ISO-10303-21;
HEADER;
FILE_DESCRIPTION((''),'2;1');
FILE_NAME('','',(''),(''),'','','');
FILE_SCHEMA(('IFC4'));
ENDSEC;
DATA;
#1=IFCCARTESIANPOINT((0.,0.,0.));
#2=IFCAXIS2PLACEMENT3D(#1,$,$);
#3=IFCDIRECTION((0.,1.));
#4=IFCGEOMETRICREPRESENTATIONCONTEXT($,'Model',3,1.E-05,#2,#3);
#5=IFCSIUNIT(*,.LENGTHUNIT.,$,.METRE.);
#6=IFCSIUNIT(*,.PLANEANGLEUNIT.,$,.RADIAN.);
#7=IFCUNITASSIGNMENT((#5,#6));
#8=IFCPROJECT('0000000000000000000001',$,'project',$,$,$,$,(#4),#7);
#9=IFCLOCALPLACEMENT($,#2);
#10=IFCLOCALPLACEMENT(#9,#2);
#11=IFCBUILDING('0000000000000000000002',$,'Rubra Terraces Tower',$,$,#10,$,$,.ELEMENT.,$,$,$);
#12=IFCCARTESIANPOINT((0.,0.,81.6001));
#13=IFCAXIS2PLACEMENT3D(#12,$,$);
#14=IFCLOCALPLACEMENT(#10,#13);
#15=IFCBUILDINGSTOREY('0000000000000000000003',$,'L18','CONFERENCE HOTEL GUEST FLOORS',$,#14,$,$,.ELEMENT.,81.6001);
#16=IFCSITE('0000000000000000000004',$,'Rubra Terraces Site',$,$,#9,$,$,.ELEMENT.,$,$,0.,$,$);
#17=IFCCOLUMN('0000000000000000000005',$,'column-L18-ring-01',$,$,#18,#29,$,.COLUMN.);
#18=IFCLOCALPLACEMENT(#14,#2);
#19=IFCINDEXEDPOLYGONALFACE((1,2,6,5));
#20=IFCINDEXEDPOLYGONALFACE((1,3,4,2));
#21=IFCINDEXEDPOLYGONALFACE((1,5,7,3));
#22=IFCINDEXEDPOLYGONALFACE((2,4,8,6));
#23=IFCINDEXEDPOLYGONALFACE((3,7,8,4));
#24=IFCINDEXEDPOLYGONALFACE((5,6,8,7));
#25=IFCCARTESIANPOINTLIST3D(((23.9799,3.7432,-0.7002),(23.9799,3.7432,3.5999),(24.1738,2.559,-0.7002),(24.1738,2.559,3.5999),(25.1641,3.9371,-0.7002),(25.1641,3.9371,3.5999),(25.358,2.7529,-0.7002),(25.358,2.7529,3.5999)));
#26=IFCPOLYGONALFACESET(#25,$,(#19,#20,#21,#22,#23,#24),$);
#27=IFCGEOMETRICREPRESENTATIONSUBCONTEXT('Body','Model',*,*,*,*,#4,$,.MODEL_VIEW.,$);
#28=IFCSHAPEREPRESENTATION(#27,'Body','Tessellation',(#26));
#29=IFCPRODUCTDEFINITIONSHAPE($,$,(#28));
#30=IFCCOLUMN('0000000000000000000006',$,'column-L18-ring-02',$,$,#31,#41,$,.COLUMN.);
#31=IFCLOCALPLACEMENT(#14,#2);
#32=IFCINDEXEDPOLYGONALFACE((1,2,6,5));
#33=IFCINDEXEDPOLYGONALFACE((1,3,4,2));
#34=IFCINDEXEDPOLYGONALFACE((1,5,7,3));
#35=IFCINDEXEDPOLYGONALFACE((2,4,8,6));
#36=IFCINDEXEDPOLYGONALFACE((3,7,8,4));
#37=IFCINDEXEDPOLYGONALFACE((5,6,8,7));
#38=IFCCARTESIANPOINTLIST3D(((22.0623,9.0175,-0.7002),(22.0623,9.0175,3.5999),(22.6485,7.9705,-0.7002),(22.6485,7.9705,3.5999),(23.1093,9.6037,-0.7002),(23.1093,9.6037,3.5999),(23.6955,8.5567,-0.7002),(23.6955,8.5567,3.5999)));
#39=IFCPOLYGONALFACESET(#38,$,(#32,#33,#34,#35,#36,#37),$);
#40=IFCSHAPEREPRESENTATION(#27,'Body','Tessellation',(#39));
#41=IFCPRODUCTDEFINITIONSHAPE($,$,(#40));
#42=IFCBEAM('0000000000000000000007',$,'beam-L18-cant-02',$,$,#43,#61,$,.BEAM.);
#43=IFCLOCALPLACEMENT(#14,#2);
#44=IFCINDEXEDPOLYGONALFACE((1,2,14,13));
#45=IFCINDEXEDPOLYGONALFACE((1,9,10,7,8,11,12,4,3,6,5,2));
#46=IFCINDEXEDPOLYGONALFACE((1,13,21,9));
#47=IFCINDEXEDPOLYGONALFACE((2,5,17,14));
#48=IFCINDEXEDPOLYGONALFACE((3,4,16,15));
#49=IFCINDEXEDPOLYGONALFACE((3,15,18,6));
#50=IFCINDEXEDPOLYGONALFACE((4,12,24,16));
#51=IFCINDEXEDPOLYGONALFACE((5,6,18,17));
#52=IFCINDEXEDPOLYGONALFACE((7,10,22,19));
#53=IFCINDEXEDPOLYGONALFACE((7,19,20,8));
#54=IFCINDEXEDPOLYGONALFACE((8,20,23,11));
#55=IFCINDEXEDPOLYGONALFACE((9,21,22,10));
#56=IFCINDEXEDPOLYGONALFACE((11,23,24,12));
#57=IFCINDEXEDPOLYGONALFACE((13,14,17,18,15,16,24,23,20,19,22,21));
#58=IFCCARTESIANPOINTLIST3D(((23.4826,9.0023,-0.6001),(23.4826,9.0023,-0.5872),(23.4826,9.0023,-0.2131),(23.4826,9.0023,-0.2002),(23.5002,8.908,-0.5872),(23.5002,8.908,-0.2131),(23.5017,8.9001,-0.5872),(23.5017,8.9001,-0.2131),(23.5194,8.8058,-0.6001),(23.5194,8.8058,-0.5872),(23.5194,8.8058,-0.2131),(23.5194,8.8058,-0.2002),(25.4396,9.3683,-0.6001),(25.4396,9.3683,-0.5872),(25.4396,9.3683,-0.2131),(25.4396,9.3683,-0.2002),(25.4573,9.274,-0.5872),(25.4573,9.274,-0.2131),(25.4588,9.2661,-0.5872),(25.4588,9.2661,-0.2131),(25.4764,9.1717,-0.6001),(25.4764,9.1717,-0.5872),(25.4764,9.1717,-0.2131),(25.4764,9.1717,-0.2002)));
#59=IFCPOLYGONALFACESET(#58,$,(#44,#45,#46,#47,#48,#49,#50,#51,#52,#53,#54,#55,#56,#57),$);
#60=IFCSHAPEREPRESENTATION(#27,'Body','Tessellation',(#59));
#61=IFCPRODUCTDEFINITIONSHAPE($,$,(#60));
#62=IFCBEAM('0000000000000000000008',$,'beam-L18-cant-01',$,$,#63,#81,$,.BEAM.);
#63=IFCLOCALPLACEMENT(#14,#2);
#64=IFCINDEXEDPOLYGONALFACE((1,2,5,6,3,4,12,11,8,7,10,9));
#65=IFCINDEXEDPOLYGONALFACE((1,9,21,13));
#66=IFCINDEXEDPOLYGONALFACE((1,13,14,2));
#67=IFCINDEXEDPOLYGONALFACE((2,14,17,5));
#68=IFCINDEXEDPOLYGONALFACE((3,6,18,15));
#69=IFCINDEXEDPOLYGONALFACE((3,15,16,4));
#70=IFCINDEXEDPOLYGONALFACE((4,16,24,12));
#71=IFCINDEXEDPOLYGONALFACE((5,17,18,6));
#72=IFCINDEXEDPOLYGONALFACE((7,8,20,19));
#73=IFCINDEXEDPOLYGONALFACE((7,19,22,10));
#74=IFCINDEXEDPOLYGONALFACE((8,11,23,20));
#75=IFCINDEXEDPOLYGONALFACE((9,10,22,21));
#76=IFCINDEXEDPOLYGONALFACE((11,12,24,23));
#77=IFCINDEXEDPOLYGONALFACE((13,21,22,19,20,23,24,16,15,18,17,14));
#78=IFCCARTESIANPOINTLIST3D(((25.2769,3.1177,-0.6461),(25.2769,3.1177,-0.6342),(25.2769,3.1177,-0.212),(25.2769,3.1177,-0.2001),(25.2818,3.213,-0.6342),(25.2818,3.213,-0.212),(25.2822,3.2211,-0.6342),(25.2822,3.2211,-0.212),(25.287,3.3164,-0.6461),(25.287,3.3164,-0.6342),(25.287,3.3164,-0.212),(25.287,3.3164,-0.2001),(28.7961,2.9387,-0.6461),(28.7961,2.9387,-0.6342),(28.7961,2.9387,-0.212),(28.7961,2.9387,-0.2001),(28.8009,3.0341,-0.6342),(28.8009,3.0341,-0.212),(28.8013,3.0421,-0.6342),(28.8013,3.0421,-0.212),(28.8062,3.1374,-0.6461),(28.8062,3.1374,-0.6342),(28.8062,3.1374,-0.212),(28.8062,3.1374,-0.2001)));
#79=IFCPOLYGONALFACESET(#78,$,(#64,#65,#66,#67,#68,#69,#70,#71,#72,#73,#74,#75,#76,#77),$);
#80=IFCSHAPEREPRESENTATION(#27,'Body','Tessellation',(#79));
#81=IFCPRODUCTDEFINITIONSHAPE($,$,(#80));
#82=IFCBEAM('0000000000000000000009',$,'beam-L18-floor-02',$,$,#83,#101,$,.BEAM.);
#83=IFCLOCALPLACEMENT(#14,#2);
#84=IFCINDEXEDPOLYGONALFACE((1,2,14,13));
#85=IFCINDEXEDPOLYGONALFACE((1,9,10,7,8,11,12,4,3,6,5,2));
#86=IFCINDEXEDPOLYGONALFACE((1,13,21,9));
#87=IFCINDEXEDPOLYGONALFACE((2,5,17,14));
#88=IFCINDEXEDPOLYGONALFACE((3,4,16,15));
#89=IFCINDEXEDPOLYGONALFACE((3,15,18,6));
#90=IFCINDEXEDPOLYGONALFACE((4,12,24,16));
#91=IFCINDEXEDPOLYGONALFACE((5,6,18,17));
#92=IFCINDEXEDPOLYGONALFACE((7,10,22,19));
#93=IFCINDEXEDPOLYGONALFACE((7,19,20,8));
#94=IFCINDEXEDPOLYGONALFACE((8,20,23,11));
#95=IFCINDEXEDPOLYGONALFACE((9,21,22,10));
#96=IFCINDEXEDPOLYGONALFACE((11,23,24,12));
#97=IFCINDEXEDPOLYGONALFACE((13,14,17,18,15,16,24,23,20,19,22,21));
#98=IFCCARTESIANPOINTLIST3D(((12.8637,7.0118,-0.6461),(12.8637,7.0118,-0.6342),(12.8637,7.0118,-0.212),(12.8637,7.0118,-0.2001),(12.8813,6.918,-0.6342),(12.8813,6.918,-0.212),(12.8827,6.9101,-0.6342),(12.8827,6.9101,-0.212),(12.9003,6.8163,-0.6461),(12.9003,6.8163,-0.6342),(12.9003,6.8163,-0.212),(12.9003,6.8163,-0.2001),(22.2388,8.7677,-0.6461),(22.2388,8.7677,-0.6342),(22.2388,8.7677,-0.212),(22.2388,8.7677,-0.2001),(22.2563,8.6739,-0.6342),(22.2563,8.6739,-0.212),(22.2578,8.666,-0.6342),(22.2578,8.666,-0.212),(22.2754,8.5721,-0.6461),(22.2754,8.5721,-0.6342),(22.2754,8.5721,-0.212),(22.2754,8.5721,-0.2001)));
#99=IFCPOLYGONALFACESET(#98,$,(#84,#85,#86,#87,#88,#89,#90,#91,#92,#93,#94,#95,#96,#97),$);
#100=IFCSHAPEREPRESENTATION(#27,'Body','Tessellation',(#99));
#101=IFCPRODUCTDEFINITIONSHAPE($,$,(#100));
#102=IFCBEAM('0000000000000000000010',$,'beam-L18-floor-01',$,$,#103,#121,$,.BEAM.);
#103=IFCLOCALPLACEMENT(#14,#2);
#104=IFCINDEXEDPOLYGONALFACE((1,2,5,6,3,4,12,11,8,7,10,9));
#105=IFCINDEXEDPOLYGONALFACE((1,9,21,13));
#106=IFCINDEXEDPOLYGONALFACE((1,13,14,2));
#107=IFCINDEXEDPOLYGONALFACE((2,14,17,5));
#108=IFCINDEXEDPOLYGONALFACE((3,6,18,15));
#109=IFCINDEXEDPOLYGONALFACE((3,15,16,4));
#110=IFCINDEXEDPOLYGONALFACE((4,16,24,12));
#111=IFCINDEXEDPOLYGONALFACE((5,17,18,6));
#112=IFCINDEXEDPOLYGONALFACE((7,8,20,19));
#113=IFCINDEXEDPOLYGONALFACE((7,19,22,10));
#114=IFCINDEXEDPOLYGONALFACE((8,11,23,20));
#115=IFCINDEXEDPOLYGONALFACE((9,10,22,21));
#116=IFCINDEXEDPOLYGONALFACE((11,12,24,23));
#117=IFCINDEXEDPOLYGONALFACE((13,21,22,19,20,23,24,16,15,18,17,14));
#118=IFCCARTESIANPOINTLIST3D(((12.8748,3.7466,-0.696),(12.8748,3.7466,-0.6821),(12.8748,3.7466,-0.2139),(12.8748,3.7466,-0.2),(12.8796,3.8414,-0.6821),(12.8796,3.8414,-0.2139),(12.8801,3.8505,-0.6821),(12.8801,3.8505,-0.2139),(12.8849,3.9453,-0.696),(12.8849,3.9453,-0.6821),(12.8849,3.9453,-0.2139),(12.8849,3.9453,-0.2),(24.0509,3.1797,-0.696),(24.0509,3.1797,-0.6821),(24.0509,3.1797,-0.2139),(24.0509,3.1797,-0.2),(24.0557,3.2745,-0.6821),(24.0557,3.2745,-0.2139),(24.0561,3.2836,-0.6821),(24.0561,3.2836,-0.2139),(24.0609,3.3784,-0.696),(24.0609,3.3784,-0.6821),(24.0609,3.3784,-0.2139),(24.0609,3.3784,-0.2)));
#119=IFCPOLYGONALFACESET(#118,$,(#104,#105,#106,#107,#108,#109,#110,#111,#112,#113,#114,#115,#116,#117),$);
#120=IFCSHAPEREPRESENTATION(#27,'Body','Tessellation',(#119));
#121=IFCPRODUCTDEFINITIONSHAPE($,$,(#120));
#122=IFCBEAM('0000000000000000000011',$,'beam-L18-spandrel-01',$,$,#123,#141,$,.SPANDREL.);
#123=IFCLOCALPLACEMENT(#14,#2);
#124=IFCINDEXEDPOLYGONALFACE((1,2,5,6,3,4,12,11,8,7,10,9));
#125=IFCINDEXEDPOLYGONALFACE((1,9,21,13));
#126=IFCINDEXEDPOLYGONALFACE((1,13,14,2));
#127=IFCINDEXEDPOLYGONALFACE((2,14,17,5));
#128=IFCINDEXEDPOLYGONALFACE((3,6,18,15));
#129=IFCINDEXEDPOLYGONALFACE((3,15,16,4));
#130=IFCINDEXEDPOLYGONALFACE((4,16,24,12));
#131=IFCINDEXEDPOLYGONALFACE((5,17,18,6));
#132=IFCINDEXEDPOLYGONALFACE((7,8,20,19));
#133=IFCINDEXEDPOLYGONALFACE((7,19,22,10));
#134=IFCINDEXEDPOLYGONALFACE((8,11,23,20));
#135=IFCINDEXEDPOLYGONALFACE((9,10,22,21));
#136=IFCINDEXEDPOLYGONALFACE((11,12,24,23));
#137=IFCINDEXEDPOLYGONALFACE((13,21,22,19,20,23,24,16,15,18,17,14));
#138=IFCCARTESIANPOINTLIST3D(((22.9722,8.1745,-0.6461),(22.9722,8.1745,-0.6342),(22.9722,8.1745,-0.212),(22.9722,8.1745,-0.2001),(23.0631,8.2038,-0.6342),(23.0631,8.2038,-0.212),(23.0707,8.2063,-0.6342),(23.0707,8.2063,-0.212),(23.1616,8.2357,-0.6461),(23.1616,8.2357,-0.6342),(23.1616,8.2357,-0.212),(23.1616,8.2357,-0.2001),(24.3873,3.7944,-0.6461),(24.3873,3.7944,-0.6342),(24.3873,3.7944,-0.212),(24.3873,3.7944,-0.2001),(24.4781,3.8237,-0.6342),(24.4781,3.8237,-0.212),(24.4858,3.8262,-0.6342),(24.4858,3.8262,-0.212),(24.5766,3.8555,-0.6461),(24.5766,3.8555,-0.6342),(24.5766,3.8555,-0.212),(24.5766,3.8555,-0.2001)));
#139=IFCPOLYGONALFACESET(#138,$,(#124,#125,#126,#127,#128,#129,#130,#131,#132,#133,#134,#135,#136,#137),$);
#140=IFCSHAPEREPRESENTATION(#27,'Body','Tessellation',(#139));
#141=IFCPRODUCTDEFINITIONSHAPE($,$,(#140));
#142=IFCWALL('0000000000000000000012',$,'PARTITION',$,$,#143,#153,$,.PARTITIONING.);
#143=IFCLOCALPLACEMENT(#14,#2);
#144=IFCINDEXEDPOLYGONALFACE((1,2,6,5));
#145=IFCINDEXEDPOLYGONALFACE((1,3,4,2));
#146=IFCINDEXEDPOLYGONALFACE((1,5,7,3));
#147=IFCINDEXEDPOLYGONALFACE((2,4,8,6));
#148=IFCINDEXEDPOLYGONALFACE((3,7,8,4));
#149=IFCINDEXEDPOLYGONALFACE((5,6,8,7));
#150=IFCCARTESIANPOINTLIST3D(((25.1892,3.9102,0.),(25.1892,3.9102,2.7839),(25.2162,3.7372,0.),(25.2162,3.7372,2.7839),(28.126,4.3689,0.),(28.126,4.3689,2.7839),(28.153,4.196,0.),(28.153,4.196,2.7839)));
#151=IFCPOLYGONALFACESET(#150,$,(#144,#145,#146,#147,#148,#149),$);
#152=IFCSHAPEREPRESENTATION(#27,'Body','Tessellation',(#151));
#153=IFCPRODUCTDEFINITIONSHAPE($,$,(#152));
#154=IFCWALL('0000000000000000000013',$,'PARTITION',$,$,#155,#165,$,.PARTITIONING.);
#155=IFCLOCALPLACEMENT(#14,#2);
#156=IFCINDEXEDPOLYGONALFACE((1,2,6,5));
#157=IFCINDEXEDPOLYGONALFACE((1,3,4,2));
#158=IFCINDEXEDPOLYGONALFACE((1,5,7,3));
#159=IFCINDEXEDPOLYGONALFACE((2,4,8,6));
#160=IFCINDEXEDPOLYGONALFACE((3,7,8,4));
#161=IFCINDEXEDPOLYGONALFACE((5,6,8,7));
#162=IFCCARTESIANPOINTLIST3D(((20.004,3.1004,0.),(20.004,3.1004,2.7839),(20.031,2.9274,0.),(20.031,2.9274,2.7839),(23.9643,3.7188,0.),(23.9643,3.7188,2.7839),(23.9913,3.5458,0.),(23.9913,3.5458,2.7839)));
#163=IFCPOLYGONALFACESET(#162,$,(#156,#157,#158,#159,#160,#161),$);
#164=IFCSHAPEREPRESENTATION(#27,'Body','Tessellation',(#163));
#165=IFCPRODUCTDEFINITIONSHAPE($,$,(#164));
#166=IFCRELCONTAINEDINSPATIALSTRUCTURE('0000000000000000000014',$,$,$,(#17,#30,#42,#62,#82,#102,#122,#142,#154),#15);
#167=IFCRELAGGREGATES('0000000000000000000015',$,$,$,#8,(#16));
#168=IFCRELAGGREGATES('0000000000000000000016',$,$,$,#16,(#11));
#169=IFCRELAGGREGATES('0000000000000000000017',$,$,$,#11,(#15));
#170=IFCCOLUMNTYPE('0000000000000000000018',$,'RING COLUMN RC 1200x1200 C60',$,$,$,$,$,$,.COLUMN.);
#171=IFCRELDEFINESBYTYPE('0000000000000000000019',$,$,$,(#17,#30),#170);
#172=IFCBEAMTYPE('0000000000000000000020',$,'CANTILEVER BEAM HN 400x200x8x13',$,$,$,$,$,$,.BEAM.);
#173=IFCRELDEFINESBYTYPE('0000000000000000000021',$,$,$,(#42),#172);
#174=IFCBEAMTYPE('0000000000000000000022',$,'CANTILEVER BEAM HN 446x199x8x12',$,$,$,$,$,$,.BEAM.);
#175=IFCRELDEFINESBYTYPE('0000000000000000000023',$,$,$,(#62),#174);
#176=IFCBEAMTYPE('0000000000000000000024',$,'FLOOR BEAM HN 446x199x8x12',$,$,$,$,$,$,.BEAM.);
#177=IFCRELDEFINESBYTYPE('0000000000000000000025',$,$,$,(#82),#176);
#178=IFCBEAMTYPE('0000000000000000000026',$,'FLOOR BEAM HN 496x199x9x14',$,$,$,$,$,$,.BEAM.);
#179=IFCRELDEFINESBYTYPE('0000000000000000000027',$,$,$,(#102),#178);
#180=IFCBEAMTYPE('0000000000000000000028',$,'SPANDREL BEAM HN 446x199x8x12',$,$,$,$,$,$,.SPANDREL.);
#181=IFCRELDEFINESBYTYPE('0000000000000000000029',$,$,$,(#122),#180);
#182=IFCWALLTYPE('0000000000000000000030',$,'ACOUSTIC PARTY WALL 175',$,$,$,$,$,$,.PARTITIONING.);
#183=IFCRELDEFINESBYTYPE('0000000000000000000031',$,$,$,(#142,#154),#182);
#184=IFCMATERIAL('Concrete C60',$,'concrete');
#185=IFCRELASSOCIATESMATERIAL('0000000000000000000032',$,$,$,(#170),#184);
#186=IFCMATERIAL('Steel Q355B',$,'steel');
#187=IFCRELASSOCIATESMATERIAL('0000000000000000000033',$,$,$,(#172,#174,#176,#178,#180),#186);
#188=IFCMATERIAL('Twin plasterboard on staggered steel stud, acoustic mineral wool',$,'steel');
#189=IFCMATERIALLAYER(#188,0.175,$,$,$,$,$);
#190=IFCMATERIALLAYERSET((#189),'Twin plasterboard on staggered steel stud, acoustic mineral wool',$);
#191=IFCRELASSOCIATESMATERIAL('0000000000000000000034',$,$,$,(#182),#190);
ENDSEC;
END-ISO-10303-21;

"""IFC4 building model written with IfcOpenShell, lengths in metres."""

from ifc_helpers import new_model, si_unit, direction, frame, frame_2d, origin, origin_2d, place, context, subcontext, project, spatial, rectangle, i_section, extrude, material, layer, layer_set, material_profile, profile_set, type_object, element, save


model = new_model("IFC4")

# Units and contexts
model_context = context("Model", 3, precision=1e-05, world=origin(), true_north=direction((0.0, 1.0)))
body_context = subcontext(model_context, "Body", "Model", "MODEL_VIEW")
ifc_project = project(units=[si_unit("LENGTHUNIT", "METRE"), si_unit("PLANEANGLEUNIT", "RADIAN")], contexts=[model_context])

# Site, building, storey
site_placement = place(None, origin())
site = spatial("IfcSite", under=ifc_project, at=site_placement, Name="Rubra Terraces Site", CompositionType="ELEMENT", RefElevation=0.0)
building_placement = place(site_placement, origin())
building = spatial("IfcBuilding", under=site, at=building_placement, Name="Rubra Terraces Tower", CompositionType="ELEMENT")
storey_placement = place(building_placement, frame((0.0, 0.0, 81.6001)))
storey = spatial("IfcBuildingStorey", under=building, at=storey_placement, Name="L18", Description="CONFERENCE HOTEL GUEST FLOORS", CompositionType="ELEMENT", Elevation=81.6001)

# Columns
ifc_material_1 = material(Name="Concrete C60", Category="concrete")
ifc_material_profile_1 = material_profile(ifc_material_1, rectangle(XDim=1.2, YDim=1.2, at=origin_2d()), Name="RC 1200x1200")
ifc_profile_set_1 = profile_set([ifc_material_profile_1], Name="Concrete C60")
column_type = type_object("IfcColumnType", Name="RING COLUMN RC 1200x1200 C60", PredefinedType="COLUMN", material=ifc_profile_set_1)
for number, where, z_axis, x_axis, name in (
    (1, (24.6689, 3.248, -0.7002), (0.0, 0.0, 1.0), (-0.161559, 0.986863, 0.0), "column-L18-ring-01"),
    (2, (22.8789, 8.7871, -0.7002), (0.0, 0.0, 1.0), (-0.488526, 0.872549, 0.0), "column-L18-ring-02"),
):
    element("IfcColumn", number, at=place(storey_placement, frame(where, z_axis=z_axis, x_axis=x_axis)), inside=storey, type_object=column_type, Name=name, PredefinedType="COLUMN", context=body_context, shape_type="SweptSolid", body=[
        extrude(rectangle(XDim=1.2, YDim=1.2, at=origin_2d()), origin(), (0.0, 0.0, 1.0), 4.3),
    ])

# Beams
ifc_material_2 = material(Name="Steel Q355B", Category="steel")
ifc_material_profile_2 = material_profile(ifc_material_2, i_section(OverallWidth=0.2, OverallDepth=0.3999, WebThickness=0.0081, FlangeThickness=0.0129, at=origin_2d()), Name="HN 400x200x8x13")
ifc_profile_set_2 = profile_set([ifc_material_profile_2], Name="Steel Q355B")
beam_type_1 = type_object("IfcBeamType", Name="CANTILEVER BEAM HN 400x200x8x13", PredefinedType="BEAM", material=ifc_profile_set_2)
beam_1_placement = place(storey_placement, frame((23.501, 8.9041, -0.4001), z_axis=(0.982961, 0.183815, 0.0), x_axis=(-0.183815, 0.982961, 0.0)))
element("IfcBeam", 3, at=beam_1_placement, inside=storey, type_object=beam_type_1, Name="beam-L18-cant-02", PredefinedType="BEAM", context=body_context, shape_type="SweptSolid", body=[
    extrude(i_section(OverallWidth=0.2, OverallDepth=0.3999, WebThickness=0.0081, FlangeThickness=0.0129, at=origin_2d()), origin(), (0.0, 0.0, 1.0), 1.991),
])
ifc_material_profile_3 = material_profile(ifc_material_2, i_section(OverallWidth=0.199, OverallDepth=0.446, WebThickness=0.0081, FlangeThickness=0.012, at=origin_2d()), Name="HN 446x199x8x12")
ifc_profile_set_3 = profile_set([ifc_material_profile_3], Name="Steel Q355B")
beam_type_2 = type_object("IfcBeamType", Name="CANTILEVER BEAM HN 446x199x8x12", PredefinedType="BEAM", material=ifc_profile_set_3)
beam_2_placement = place(storey_placement, frame((25.282, 3.217, -0.4231), z_axis=(0.998709, -0.050788, 0.0), x_axis=(0.050788, 0.998709, 0.0)))
element("IfcBeam", 4, at=beam_2_placement, inside=storey, type_object=beam_type_2, Name="beam-L18-cant-01", PredefinedType="BEAM", context=body_context, shape_type="SweptSolid", body=[
    extrude(i_section(OverallWidth=0.199, OverallDepth=0.446, WebThickness=0.0081, FlangeThickness=0.012, at=origin_2d()), origin(), (0.0, 0.0, 1.0), 3.5237),
])
ifc_material_profile_4 = material_profile(ifc_material_2, i_section(OverallWidth=0.199, OverallDepth=0.446, WebThickness=0.0081, FlangeThickness=0.012, at=origin_2d()), Name="HN 446x199x8x12")
ifc_profile_set_4 = profile_set([ifc_material_profile_4], Name="Steel Q355B")
beam_type_3 = type_object("IfcBeamType", Name="FLOOR BEAM HN 446x199x8x12", PredefinedType="BEAM", material=ifc_profile_set_4)
beam_3_placement = place(storey_placement, frame((22.2571, 8.6699, -0.4231), z_axis=(-0.982909, -0.184091, 0.0), x_axis=(0.184091, -0.982909, 0.0)))
element("IfcBeam", 5, at=beam_3_placement, inside=storey, type_object=beam_type_3, Name="beam-L18-floor-02", PredefinedType="BEAM", context=body_context, shape_type="SweptSolid", body=[
    extrude(i_section(OverallWidth=0.199, OverallDepth=0.446, WebThickness=0.0081, FlangeThickness=0.012, at=origin_2d()), origin(), (0.0, 0.0, 1.0), 9.5381),
])
ifc_material_profile_5 = material_profile(ifc_material_2, i_section(OverallWidth=0.199, OverallDepth=0.4961, WebThickness=0.009, FlangeThickness=0.0139, at=origin_2d()), Name="HN 496x199x9x14")
ifc_profile_set_5 = profile_set([ifc_material_profile_5], Name="Steel Q355B")
beam_type_4 = type_object("IfcBeamType", Name="FLOOR BEAM HN 496x199x9x14", PredefinedType="BEAM", material=ifc_profile_set_5)
beam_4_placement = place(storey_placement, frame((24.0559, 3.2791, -0.448), z_axis=(-0.998716, 0.050659, 0.0), x_axis=(-0.050659, -0.998716, 0.0)))
element("IfcBeam", 6, at=beam_4_placement, inside=storey, type_object=beam_type_4, Name="beam-L18-floor-01", PredefinedType="BEAM", context=body_context, shape_type="SweptSolid", body=[
    extrude(i_section(OverallWidth=0.199, OverallDepth=0.4961, WebThickness=0.009, FlangeThickness=0.0139, at=origin_2d()), origin(), (0.0, 0.0, 1.0), 11.1904),
])
ifc_material_profile_6 = material_profile(ifc_material_2, i_section(OverallWidth=0.199, OverallDepth=0.446, WebThickness=0.0081, FlangeThickness=0.012, at=origin_2d()), Name="HN 446x199x8x12")
ifc_profile_set_6 = profile_set([ifc_material_profile_6], Name="Steel Q355B")
beam_type_5 = type_object("IfcBeamType", Name="SPANDREL BEAM HN 446x199x8x12", PredefinedType="SPANDREL", material=ifc_profile_set_6)
beam_5_placement = place(storey_placement, frame((24.4819, 3.825, -0.4231), z_axis=(-0.307415, 0.951576, 0.0), x_axis=(-0.951576, -0.307415, 0.0)))
element("IfcBeam", 7, at=beam_5_placement, inside=storey, type_object=beam_type_5, Name="beam-L18-spandrel-01", PredefinedType="SPANDREL", context=body_context, shape_type="SweptSolid", body=[
    extrude(i_section(OverallWidth=0.199, OverallDepth=0.446, WebThickness=0.0081, FlangeThickness=0.012, at=origin_2d()), origin(), (0.0, 0.0, 1.0), 4.603),
])

# Walls
ifc_material_3 = material(Name="Twin plasterboard on staggered steel stud, acoustic mineral wool", Category="steel")
ifc_layer_1 = layer(ifc_material_3, 0.175)
ifc_layer_set_1 = layer_set([ifc_layer_1], Name="Twin plasterboard on staggered steel stud, acoustic mineral wool")
wall_type_1 = type_object("IfcWallType", Name="ACOUSTIC PARTY WALL 175", PredefinedType="PARTITIONING", material=ifc_layer_set_1)
wall_1_placement = place(storey_placement, frame((28.1396, 4.2825, 0.0), z_axis=(0.0, 0.0, 1.0), x_axis=(-0.988019, -0.154334, 0.0)))
element("IfcWall", 8, at=wall_1_placement, inside=storey, type_object=wall_type_1, Name="PARTITION", PredefinedType="PARTITIONING", context=body_context, shape_type="SweptSolid", body=[
    extrude(rectangle(XDim=2.9724, YDim=0.175, at=frame_2d((1.4863, 0.0))), origin(), (0.0, 0.0, 1.0), 2.7839),
])
wall_2_placement = place(storey_placement, frame((23.9778, 3.6323, 0.0), z_axis=(0.0, 0.0, 1.0), x_axis=(-0.988026, -0.154286, 0.0)))
element("IfcWall", 9, at=wall_2_placement, inside=storey, type_object=wall_type_1, Name="PARTITION", PredefinedType="PARTITIONING", context=body_context, shape_type="SweptSolid", body=[
    extrude(rectangle(XDim=4.0083, YDim=0.175, at=frame_2d((2.0042, 0.0))), origin(), (0.0, 0.0, 1.0), 2.7839),
])

save(model, "model.ifc")
